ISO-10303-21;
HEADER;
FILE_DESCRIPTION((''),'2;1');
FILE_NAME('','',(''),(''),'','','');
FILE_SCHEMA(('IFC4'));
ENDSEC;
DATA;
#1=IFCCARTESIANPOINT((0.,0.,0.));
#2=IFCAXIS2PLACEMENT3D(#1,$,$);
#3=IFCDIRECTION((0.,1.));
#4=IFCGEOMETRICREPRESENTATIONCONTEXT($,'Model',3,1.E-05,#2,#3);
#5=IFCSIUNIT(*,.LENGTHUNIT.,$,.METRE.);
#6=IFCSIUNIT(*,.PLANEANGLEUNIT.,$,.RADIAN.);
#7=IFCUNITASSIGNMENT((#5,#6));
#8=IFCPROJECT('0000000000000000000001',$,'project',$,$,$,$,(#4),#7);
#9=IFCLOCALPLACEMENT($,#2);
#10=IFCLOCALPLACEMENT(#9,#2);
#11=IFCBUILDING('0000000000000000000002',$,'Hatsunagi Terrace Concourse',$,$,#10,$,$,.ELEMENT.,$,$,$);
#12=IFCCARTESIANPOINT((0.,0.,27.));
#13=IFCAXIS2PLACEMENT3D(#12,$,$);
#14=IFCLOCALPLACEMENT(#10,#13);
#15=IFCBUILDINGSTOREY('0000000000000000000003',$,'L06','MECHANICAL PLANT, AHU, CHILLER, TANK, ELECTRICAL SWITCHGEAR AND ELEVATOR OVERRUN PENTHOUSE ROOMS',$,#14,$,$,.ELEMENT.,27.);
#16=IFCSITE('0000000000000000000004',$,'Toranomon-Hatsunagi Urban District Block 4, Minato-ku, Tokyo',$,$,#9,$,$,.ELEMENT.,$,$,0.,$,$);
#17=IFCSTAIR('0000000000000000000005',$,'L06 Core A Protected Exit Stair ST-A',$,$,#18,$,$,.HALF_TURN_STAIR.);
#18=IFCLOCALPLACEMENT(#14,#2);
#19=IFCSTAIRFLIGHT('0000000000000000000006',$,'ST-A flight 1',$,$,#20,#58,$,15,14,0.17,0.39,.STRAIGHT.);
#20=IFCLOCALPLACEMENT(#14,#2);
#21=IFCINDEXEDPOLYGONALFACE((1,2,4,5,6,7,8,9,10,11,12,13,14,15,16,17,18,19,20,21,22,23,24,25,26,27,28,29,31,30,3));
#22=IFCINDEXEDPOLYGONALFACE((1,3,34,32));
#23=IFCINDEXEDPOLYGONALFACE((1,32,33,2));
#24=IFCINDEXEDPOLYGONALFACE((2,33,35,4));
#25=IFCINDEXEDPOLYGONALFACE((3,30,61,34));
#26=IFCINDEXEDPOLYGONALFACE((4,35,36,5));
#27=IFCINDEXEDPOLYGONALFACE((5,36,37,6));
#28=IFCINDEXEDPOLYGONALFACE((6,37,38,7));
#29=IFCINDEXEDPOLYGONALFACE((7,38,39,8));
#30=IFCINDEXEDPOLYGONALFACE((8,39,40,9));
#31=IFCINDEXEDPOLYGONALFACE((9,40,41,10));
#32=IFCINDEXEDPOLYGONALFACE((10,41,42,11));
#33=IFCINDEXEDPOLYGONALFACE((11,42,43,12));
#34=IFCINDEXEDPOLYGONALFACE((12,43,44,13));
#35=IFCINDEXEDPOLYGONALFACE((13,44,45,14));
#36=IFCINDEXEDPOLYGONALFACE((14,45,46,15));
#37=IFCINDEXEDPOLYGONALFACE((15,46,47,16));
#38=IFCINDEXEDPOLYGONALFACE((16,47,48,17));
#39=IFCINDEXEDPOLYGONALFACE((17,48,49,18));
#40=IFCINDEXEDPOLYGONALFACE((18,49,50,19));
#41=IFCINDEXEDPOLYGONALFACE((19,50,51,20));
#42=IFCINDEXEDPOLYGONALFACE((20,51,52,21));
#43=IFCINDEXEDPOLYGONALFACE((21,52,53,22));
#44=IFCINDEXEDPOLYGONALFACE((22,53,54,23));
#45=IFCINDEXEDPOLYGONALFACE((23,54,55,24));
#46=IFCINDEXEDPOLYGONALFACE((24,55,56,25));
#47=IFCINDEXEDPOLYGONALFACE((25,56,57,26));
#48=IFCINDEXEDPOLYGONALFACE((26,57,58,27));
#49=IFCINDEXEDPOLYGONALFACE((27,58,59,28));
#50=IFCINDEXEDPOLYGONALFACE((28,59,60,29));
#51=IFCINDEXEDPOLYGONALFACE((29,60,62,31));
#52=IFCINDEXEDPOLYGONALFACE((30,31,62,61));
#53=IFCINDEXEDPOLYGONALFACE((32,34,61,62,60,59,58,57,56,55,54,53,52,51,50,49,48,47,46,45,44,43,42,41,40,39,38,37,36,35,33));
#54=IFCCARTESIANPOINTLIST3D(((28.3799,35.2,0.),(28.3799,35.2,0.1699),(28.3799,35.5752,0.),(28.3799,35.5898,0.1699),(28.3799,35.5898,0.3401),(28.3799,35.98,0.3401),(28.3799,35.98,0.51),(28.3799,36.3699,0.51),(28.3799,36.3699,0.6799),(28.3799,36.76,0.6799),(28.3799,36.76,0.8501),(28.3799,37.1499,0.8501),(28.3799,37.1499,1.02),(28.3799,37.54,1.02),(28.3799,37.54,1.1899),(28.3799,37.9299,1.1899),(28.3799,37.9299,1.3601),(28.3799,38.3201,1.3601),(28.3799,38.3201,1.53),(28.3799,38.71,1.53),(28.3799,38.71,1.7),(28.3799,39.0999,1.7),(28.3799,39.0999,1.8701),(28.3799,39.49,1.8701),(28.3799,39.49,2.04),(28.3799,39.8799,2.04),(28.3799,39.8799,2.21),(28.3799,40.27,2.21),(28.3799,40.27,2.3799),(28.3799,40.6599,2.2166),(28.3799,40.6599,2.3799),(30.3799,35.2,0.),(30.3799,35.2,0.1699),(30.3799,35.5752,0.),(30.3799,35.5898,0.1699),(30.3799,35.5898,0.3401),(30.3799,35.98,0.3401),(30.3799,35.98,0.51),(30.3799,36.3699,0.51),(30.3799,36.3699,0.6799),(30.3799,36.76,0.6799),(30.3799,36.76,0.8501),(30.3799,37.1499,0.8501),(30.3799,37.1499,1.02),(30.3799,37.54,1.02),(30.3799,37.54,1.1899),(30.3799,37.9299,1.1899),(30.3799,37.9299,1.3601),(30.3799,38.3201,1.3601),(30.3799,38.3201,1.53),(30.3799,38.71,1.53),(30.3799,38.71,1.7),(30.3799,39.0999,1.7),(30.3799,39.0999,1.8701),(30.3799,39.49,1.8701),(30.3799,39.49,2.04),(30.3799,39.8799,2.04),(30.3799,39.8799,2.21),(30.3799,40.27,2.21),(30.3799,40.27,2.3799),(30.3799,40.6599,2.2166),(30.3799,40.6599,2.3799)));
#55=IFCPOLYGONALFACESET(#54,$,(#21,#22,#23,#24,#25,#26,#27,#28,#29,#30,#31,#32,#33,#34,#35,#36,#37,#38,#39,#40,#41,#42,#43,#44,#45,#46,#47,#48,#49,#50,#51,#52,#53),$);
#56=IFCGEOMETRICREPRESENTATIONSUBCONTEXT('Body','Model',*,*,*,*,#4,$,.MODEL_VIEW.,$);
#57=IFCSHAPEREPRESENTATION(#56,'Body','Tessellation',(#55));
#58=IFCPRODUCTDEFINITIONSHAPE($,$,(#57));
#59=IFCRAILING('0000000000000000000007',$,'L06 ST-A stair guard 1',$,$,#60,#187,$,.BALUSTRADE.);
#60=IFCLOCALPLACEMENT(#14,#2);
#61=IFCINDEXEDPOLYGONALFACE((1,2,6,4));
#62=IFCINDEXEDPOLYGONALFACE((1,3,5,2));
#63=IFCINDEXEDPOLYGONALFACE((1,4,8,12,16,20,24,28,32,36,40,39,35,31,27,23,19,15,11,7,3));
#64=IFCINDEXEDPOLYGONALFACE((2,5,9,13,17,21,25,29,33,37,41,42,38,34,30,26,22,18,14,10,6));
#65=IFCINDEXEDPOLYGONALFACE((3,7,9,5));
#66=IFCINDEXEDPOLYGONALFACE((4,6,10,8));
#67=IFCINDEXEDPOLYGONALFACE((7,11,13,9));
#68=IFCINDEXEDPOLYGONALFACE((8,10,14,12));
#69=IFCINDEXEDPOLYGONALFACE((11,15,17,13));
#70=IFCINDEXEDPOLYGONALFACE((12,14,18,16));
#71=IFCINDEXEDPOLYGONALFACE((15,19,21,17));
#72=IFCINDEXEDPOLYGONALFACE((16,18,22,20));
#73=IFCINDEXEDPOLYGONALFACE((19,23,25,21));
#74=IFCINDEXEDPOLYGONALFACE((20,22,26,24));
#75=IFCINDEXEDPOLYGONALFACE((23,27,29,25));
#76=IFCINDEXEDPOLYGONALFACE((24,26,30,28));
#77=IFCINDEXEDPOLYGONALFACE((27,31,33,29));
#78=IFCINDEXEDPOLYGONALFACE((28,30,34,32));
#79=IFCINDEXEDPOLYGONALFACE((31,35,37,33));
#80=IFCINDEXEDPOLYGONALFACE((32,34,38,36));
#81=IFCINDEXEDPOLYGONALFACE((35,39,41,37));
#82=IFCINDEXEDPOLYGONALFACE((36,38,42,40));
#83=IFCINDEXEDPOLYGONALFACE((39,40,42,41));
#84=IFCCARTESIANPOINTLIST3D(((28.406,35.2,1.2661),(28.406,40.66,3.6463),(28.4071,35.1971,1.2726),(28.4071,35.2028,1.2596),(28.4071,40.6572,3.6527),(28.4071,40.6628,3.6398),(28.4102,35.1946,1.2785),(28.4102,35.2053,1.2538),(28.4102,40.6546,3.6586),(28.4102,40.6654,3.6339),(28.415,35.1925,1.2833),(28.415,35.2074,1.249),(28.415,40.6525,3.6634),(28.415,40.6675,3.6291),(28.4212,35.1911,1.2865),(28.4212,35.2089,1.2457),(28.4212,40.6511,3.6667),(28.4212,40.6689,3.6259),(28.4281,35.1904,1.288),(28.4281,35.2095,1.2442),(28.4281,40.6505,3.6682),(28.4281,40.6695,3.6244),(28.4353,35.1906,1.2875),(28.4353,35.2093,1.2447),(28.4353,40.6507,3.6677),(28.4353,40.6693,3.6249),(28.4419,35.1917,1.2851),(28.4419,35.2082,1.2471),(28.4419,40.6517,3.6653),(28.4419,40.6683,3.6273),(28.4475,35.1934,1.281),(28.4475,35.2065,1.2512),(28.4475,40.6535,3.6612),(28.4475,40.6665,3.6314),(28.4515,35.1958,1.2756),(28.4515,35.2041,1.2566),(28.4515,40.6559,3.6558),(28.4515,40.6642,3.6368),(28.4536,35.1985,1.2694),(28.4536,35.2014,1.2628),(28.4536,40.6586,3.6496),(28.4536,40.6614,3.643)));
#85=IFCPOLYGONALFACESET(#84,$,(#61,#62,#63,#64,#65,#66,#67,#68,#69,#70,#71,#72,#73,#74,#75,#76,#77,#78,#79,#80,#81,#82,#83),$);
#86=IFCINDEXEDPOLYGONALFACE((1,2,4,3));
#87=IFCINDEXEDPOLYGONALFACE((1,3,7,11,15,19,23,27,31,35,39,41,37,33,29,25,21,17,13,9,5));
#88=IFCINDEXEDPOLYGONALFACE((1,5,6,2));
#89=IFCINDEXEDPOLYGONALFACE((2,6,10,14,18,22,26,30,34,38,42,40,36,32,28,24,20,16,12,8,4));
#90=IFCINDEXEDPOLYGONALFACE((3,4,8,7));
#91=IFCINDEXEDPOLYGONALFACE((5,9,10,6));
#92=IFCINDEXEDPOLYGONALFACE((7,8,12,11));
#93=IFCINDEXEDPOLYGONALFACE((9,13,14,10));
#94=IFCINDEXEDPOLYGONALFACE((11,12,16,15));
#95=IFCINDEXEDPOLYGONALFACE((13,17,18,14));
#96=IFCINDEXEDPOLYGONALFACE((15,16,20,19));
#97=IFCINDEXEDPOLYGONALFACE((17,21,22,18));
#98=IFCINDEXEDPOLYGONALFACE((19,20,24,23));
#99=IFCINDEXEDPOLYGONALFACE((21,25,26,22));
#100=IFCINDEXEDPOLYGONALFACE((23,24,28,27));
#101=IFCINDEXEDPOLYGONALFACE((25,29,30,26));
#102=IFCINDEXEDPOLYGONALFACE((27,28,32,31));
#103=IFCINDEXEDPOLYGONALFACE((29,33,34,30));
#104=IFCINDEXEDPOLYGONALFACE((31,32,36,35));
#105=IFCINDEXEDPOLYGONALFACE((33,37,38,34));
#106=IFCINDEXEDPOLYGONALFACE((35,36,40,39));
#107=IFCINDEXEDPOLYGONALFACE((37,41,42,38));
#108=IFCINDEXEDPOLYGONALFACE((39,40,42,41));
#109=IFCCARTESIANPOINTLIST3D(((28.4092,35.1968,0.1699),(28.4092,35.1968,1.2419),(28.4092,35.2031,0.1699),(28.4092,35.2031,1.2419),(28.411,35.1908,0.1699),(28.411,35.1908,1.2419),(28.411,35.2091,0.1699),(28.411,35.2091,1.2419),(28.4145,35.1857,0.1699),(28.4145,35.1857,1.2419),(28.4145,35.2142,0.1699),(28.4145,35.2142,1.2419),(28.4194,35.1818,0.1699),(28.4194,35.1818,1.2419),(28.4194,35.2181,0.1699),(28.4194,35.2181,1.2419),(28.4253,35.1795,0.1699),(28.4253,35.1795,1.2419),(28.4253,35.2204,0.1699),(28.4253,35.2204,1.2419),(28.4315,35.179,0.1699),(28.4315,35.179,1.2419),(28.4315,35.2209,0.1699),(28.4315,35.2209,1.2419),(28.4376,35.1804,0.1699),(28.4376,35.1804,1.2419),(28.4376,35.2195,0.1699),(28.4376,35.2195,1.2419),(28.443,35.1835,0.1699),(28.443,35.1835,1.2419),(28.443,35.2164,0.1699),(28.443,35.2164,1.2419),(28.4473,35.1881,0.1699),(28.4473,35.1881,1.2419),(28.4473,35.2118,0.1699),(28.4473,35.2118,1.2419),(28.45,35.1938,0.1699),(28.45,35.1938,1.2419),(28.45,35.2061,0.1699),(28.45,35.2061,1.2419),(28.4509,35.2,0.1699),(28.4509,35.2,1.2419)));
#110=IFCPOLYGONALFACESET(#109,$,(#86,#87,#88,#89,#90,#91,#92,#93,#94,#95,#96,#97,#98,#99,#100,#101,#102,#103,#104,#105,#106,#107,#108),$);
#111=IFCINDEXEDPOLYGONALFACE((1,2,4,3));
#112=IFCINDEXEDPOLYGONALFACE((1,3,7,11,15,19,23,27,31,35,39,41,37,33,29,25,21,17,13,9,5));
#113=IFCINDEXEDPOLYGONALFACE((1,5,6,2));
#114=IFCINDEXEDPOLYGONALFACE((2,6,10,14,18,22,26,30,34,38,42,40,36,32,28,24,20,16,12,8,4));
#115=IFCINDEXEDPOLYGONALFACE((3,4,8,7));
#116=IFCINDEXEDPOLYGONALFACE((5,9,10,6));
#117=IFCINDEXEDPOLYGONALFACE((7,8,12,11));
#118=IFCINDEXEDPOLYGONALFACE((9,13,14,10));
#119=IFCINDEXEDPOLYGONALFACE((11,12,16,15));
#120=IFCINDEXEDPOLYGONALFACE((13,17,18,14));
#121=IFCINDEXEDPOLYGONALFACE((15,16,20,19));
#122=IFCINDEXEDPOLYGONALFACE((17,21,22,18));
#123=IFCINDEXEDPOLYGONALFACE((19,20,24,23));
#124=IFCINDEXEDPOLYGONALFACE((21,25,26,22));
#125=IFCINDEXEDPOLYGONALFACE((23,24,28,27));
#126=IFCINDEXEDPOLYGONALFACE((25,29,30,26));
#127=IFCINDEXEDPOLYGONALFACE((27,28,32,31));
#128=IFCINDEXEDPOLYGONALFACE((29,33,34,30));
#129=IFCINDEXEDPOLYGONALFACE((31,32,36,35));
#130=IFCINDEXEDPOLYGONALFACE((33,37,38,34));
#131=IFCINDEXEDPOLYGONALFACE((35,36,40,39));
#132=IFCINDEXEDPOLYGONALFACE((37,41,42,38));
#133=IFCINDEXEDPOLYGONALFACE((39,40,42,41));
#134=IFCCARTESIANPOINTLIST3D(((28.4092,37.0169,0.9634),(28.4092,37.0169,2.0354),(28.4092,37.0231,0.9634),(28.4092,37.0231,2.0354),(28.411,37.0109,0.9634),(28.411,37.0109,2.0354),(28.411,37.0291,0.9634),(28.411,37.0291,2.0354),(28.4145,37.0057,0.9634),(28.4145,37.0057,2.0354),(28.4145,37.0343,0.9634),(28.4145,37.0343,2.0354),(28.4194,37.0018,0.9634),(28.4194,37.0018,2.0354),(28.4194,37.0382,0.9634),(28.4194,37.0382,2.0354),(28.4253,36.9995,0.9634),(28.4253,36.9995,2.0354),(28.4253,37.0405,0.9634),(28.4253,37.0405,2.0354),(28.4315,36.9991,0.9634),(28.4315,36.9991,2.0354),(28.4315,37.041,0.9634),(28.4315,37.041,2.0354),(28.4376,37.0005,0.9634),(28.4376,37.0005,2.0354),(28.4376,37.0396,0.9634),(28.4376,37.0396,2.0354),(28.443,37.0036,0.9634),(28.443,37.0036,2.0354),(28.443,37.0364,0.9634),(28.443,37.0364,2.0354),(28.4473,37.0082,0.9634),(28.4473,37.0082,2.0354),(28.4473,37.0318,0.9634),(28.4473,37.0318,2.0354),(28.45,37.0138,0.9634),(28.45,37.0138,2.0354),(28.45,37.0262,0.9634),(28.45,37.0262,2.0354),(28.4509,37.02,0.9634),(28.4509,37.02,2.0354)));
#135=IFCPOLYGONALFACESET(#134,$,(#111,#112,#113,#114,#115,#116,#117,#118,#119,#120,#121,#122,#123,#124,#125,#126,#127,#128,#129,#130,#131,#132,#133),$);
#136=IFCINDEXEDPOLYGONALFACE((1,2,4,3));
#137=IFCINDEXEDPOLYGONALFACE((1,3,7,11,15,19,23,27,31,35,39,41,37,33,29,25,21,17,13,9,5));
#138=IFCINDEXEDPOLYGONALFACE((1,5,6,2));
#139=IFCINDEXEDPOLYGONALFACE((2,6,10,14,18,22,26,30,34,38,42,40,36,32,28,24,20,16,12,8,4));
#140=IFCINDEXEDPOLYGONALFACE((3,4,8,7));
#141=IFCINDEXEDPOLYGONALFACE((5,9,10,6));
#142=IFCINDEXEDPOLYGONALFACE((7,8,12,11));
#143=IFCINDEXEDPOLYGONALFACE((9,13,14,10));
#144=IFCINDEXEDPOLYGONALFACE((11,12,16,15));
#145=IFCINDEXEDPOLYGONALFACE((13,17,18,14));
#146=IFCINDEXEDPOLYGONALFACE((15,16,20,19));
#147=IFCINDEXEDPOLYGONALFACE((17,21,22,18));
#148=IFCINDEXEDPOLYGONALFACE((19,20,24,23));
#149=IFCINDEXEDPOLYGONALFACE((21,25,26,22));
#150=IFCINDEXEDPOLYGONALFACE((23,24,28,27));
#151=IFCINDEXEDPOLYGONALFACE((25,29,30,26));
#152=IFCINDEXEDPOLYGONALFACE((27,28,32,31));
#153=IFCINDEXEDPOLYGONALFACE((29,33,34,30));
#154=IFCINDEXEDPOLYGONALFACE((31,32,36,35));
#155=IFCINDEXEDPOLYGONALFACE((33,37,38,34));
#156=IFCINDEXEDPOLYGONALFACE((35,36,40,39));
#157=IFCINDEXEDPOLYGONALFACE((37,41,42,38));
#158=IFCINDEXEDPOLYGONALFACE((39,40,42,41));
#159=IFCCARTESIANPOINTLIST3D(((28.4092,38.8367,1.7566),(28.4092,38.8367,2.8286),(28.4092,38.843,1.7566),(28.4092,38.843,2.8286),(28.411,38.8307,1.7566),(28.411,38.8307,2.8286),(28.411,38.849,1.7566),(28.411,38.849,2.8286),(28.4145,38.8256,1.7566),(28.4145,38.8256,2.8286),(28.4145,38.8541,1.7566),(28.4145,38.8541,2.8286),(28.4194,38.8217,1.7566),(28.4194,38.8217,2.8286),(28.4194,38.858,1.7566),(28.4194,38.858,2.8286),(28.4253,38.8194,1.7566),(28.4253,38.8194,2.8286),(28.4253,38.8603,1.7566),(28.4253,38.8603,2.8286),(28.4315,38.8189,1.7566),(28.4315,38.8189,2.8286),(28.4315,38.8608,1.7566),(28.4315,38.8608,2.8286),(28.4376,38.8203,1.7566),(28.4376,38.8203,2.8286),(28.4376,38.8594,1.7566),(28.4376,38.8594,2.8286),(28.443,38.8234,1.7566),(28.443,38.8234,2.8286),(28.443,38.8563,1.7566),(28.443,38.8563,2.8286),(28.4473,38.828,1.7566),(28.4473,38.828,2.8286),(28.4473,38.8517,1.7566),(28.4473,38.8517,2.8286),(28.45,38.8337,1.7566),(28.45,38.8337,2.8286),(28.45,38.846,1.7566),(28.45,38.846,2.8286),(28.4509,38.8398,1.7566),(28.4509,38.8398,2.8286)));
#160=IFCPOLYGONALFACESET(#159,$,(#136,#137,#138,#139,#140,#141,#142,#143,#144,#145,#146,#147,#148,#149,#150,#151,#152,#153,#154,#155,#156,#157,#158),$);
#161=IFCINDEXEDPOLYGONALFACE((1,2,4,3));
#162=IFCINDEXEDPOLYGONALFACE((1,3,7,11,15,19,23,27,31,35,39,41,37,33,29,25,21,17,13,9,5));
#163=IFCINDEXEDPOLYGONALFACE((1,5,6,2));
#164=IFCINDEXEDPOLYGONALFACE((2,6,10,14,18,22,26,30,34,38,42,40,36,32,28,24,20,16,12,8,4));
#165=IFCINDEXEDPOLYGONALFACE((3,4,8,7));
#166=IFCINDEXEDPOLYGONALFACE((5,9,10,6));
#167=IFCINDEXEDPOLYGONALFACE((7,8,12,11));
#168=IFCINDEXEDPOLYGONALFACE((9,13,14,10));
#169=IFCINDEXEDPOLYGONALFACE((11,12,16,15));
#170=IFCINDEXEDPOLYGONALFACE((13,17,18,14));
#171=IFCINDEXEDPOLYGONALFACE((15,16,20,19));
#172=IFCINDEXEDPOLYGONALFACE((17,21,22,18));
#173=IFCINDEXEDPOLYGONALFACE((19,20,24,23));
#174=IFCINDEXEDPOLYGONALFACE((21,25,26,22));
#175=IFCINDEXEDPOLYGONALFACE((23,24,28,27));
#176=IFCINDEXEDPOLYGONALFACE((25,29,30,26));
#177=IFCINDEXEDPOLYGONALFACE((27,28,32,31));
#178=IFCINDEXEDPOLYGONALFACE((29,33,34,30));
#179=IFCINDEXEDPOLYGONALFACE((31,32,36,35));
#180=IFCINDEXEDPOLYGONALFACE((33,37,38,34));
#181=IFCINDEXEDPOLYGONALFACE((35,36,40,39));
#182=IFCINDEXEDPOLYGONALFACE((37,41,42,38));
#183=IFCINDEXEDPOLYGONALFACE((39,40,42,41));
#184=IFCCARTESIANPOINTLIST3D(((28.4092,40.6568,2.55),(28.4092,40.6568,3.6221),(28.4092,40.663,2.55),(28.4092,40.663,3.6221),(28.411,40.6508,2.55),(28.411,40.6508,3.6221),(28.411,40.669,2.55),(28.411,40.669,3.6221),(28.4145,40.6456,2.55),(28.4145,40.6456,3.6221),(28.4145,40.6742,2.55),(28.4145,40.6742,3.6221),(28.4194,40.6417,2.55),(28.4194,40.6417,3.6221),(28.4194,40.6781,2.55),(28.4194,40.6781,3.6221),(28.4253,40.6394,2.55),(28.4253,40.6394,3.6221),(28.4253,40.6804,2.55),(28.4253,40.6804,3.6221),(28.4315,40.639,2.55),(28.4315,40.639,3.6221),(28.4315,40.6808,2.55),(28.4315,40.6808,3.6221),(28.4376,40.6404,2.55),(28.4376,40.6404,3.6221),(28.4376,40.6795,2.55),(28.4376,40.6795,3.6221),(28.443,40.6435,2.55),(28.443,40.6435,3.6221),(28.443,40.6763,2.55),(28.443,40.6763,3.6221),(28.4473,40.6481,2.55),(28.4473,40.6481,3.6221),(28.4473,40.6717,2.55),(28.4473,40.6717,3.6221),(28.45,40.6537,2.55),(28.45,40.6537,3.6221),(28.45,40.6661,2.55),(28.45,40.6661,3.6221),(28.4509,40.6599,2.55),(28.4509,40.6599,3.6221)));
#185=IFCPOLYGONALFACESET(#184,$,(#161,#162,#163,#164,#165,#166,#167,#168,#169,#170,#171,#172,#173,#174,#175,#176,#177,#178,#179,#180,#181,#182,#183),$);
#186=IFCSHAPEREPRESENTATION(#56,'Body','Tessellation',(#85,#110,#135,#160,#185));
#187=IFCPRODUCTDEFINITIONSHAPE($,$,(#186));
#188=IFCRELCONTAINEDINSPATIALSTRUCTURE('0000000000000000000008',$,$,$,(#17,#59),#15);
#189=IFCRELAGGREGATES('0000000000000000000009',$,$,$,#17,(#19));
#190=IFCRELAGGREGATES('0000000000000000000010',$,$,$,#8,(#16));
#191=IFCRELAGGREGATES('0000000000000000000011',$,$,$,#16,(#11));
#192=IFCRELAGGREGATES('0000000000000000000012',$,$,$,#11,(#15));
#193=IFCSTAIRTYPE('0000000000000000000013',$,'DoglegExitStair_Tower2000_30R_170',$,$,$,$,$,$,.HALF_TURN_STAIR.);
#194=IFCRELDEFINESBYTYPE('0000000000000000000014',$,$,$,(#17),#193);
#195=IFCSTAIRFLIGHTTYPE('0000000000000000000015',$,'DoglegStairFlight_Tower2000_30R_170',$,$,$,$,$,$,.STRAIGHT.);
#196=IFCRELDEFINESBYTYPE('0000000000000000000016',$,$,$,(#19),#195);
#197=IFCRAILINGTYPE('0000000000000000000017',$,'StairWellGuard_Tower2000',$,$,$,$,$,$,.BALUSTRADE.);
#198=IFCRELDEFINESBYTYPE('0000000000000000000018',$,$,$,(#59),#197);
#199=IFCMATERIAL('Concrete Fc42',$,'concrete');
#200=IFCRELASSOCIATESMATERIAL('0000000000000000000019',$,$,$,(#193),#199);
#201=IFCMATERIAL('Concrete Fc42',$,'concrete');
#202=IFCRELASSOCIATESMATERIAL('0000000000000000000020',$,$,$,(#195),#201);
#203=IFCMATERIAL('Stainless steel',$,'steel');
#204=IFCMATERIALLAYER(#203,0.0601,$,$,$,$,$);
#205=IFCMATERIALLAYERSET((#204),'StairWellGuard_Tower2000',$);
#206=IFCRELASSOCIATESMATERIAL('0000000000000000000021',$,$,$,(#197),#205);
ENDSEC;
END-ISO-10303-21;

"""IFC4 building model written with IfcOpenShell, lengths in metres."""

from ifc_helpers import new_model, si_unit, direction, frame, origin, origin_2d, place, context, subcontext, project, spatial, polyline, circle, outline, extrude, material, layer, layer_set, type_object, element, aggregate, save


model = new_model("IFC4")

# Units and contexts
model_context = context("Model", 3, precision=1e-05, world=origin(), true_north=direction((0.0, 1.0)))
body_context = subcontext(model_context, "Body", "Model", "MODEL_VIEW")
ifc_project = project(units=[si_unit("LENGTHUNIT", "METRE"), si_unit("PLANEANGLEUNIT", "RADIAN")], contexts=[model_context])

# Site, building, storey
site_placement = place(None, origin())
site = spatial("IfcSite", under=ifc_project, at=site_placement, Name="Toranomon-Hatsunagi Urban District Block 4, Minato-ku, Tokyo", CompositionType="ELEMENT", RefElevation=0.0)
building_placement = place(site_placement, origin())
building = spatial("IfcBuilding", under=site, at=building_placement, Name="Hatsunagi Terrace Concourse", CompositionType="ELEMENT")
storey_placement = place(building_placement, frame((0.0, 0.0, 27.0)))
storey = spatial("IfcBuildingStorey", under=building, at=storey_placement, Name="L06", Description="MECHANICAL PLANT, AHU, CHILLER, TANK, ELECTRICAL SWITCHGEAR AND ELEVATOR OVERRUN PENTHOUSE ROOMS", CompositionType="ELEMENT", Elevation=27.0)

# Stair, stair flight
ifc_material_1 = material(Name="Concrete Fc42", Category="concrete")
stair_type = type_object("IfcStairType", Name="DoglegExitStair_Tower2000_30R_170", PredefinedType="HALF_TURN_STAIR", material=ifc_material_1)
stair_placement = place(storey_placement, origin())
stair = element("IfcStair", 1, at=stair_placement, inside=storey, type_object=stair_type, Name="L06 Core A Protected Exit Stair ST-A", PredefinedType="HALF_TURN_STAIR")
ifc_material_2 = material(Name="Concrete Fc42", Category="concrete")
stair_flight_type = type_object("IfcStairFlightType", Name="DoglegStairFlight_Tower2000_30R_170", PredefinedType="STRAIGHT", material=ifc_material_2)
stair_flight_placement = place(storey_placement, frame((29.3799, 35.2, 0.0), z_axis=(0.0, 0.0, 1.0), x_axis=(0.0, 1.0, 0.0)))
stair_flight = element("IfcStairFlight", 2, at=stair_flight_placement, type_object=stair_flight_type, Name="ST-A flight 1", NumberOfRisers=15, NumberOfTreads=14, PredefinedType="STRAIGHT", RiserHeight=0.17, TreadLength=0.39, context=body_context, shape_type="SweptSolid", body=[
    extrude(outline(polyline([(0.0, 0.0), (0.0, 0.1699), (0.3899, 0.1699), (0.3899, 0.3401), (0.78, 0.3401), (0.78, 0.51), (1.1699, 0.51), (1.1699, 0.6799), (1.5601, 0.6799), (1.5601, 0.8501), (1.95, 0.8501), (1.95, 1.02), (2.3401, 1.02), (2.3401, 1.1899), (2.73, 1.1899), (2.73, 1.3601), (3.1201, 1.3601), (3.1201, 1.53), (3.51, 1.53), (3.51, 1.7), (3.8999, 1.7), (3.8999, 1.8701), (4.29, 1.8701), (4.29, 2.04), (4.6799, 2.04), (4.6799, 2.21), (5.0701, 2.21), (5.0701, 2.3799), (5.46, 2.3799), (5.46, 2.55), (5.46, 2.2166), (0.3752, 0.0), (0.0, 0.0)])), frame((0.0, 1.0, 0.0), z_axis=(0.0, -1.0, 0.0), x_axis=(1.0, 0.0, 0.0)), (0.0, 0.0, 1.0), 2.0),
])
aggregate(stair, [stair_flight])

# Railing
ifc_material_3 = material(Name="Stainless steel", Category="steel")
ifc_layer_1 = layer(ifc_material_3, 0.0601)
ifc_layer_set_1 = layer_set([ifc_layer_1], Name="StairWellGuard_Tower2000")
railing_type_1 = type_object("IfcRailingType", Name="StairWellGuard_Tower2000", PredefinedType="BALUSTRADE", material=ifc_layer_set_1)
railing_1_placement = place(storey_placement, frame((28.4299, 35.2, 0.1699)))
element("IfcRailing", 3, at=railing_1_placement, inside=storey, type_object=railing_type_1, Name="L06 ST-A stair guard 1", PredefinedType="BALUSTRADE", context=body_context, shape_type="SweptSolid", body=[
    extrude(circle(Radius=0.0239, at=origin_2d()), frame((0.0, 0.0, 1.0962), z_axis=(0.0, 0.916687, 0.399606), x_axis=(-1.0, 0.0, 0.0)), (0.0, 0.0, 1.0), 5.9563),
    extrude(circle(Radius=0.021, at=origin_2d()), origin(), (0.0, 0.0, 1.0), 1.072),
    extrude(circle(Radius=0.021, at=origin_2d()), frame((0.0, 1.8201, 0.7935)), (0.0, 0.0, 1.0), 1.072),
    extrude(circle(Radius=0.021, at=origin_2d()), frame((0.0, 3.6399, 1.5867)), (0.0, 0.0, 1.0), 1.072),
    extrude(circle(Radius=0.021, at=origin_2d()), frame((0.0, 5.46, 2.3801)), (0.0, 0.0, 1.0), 1.072),
])

save(model, "model.ifc")
